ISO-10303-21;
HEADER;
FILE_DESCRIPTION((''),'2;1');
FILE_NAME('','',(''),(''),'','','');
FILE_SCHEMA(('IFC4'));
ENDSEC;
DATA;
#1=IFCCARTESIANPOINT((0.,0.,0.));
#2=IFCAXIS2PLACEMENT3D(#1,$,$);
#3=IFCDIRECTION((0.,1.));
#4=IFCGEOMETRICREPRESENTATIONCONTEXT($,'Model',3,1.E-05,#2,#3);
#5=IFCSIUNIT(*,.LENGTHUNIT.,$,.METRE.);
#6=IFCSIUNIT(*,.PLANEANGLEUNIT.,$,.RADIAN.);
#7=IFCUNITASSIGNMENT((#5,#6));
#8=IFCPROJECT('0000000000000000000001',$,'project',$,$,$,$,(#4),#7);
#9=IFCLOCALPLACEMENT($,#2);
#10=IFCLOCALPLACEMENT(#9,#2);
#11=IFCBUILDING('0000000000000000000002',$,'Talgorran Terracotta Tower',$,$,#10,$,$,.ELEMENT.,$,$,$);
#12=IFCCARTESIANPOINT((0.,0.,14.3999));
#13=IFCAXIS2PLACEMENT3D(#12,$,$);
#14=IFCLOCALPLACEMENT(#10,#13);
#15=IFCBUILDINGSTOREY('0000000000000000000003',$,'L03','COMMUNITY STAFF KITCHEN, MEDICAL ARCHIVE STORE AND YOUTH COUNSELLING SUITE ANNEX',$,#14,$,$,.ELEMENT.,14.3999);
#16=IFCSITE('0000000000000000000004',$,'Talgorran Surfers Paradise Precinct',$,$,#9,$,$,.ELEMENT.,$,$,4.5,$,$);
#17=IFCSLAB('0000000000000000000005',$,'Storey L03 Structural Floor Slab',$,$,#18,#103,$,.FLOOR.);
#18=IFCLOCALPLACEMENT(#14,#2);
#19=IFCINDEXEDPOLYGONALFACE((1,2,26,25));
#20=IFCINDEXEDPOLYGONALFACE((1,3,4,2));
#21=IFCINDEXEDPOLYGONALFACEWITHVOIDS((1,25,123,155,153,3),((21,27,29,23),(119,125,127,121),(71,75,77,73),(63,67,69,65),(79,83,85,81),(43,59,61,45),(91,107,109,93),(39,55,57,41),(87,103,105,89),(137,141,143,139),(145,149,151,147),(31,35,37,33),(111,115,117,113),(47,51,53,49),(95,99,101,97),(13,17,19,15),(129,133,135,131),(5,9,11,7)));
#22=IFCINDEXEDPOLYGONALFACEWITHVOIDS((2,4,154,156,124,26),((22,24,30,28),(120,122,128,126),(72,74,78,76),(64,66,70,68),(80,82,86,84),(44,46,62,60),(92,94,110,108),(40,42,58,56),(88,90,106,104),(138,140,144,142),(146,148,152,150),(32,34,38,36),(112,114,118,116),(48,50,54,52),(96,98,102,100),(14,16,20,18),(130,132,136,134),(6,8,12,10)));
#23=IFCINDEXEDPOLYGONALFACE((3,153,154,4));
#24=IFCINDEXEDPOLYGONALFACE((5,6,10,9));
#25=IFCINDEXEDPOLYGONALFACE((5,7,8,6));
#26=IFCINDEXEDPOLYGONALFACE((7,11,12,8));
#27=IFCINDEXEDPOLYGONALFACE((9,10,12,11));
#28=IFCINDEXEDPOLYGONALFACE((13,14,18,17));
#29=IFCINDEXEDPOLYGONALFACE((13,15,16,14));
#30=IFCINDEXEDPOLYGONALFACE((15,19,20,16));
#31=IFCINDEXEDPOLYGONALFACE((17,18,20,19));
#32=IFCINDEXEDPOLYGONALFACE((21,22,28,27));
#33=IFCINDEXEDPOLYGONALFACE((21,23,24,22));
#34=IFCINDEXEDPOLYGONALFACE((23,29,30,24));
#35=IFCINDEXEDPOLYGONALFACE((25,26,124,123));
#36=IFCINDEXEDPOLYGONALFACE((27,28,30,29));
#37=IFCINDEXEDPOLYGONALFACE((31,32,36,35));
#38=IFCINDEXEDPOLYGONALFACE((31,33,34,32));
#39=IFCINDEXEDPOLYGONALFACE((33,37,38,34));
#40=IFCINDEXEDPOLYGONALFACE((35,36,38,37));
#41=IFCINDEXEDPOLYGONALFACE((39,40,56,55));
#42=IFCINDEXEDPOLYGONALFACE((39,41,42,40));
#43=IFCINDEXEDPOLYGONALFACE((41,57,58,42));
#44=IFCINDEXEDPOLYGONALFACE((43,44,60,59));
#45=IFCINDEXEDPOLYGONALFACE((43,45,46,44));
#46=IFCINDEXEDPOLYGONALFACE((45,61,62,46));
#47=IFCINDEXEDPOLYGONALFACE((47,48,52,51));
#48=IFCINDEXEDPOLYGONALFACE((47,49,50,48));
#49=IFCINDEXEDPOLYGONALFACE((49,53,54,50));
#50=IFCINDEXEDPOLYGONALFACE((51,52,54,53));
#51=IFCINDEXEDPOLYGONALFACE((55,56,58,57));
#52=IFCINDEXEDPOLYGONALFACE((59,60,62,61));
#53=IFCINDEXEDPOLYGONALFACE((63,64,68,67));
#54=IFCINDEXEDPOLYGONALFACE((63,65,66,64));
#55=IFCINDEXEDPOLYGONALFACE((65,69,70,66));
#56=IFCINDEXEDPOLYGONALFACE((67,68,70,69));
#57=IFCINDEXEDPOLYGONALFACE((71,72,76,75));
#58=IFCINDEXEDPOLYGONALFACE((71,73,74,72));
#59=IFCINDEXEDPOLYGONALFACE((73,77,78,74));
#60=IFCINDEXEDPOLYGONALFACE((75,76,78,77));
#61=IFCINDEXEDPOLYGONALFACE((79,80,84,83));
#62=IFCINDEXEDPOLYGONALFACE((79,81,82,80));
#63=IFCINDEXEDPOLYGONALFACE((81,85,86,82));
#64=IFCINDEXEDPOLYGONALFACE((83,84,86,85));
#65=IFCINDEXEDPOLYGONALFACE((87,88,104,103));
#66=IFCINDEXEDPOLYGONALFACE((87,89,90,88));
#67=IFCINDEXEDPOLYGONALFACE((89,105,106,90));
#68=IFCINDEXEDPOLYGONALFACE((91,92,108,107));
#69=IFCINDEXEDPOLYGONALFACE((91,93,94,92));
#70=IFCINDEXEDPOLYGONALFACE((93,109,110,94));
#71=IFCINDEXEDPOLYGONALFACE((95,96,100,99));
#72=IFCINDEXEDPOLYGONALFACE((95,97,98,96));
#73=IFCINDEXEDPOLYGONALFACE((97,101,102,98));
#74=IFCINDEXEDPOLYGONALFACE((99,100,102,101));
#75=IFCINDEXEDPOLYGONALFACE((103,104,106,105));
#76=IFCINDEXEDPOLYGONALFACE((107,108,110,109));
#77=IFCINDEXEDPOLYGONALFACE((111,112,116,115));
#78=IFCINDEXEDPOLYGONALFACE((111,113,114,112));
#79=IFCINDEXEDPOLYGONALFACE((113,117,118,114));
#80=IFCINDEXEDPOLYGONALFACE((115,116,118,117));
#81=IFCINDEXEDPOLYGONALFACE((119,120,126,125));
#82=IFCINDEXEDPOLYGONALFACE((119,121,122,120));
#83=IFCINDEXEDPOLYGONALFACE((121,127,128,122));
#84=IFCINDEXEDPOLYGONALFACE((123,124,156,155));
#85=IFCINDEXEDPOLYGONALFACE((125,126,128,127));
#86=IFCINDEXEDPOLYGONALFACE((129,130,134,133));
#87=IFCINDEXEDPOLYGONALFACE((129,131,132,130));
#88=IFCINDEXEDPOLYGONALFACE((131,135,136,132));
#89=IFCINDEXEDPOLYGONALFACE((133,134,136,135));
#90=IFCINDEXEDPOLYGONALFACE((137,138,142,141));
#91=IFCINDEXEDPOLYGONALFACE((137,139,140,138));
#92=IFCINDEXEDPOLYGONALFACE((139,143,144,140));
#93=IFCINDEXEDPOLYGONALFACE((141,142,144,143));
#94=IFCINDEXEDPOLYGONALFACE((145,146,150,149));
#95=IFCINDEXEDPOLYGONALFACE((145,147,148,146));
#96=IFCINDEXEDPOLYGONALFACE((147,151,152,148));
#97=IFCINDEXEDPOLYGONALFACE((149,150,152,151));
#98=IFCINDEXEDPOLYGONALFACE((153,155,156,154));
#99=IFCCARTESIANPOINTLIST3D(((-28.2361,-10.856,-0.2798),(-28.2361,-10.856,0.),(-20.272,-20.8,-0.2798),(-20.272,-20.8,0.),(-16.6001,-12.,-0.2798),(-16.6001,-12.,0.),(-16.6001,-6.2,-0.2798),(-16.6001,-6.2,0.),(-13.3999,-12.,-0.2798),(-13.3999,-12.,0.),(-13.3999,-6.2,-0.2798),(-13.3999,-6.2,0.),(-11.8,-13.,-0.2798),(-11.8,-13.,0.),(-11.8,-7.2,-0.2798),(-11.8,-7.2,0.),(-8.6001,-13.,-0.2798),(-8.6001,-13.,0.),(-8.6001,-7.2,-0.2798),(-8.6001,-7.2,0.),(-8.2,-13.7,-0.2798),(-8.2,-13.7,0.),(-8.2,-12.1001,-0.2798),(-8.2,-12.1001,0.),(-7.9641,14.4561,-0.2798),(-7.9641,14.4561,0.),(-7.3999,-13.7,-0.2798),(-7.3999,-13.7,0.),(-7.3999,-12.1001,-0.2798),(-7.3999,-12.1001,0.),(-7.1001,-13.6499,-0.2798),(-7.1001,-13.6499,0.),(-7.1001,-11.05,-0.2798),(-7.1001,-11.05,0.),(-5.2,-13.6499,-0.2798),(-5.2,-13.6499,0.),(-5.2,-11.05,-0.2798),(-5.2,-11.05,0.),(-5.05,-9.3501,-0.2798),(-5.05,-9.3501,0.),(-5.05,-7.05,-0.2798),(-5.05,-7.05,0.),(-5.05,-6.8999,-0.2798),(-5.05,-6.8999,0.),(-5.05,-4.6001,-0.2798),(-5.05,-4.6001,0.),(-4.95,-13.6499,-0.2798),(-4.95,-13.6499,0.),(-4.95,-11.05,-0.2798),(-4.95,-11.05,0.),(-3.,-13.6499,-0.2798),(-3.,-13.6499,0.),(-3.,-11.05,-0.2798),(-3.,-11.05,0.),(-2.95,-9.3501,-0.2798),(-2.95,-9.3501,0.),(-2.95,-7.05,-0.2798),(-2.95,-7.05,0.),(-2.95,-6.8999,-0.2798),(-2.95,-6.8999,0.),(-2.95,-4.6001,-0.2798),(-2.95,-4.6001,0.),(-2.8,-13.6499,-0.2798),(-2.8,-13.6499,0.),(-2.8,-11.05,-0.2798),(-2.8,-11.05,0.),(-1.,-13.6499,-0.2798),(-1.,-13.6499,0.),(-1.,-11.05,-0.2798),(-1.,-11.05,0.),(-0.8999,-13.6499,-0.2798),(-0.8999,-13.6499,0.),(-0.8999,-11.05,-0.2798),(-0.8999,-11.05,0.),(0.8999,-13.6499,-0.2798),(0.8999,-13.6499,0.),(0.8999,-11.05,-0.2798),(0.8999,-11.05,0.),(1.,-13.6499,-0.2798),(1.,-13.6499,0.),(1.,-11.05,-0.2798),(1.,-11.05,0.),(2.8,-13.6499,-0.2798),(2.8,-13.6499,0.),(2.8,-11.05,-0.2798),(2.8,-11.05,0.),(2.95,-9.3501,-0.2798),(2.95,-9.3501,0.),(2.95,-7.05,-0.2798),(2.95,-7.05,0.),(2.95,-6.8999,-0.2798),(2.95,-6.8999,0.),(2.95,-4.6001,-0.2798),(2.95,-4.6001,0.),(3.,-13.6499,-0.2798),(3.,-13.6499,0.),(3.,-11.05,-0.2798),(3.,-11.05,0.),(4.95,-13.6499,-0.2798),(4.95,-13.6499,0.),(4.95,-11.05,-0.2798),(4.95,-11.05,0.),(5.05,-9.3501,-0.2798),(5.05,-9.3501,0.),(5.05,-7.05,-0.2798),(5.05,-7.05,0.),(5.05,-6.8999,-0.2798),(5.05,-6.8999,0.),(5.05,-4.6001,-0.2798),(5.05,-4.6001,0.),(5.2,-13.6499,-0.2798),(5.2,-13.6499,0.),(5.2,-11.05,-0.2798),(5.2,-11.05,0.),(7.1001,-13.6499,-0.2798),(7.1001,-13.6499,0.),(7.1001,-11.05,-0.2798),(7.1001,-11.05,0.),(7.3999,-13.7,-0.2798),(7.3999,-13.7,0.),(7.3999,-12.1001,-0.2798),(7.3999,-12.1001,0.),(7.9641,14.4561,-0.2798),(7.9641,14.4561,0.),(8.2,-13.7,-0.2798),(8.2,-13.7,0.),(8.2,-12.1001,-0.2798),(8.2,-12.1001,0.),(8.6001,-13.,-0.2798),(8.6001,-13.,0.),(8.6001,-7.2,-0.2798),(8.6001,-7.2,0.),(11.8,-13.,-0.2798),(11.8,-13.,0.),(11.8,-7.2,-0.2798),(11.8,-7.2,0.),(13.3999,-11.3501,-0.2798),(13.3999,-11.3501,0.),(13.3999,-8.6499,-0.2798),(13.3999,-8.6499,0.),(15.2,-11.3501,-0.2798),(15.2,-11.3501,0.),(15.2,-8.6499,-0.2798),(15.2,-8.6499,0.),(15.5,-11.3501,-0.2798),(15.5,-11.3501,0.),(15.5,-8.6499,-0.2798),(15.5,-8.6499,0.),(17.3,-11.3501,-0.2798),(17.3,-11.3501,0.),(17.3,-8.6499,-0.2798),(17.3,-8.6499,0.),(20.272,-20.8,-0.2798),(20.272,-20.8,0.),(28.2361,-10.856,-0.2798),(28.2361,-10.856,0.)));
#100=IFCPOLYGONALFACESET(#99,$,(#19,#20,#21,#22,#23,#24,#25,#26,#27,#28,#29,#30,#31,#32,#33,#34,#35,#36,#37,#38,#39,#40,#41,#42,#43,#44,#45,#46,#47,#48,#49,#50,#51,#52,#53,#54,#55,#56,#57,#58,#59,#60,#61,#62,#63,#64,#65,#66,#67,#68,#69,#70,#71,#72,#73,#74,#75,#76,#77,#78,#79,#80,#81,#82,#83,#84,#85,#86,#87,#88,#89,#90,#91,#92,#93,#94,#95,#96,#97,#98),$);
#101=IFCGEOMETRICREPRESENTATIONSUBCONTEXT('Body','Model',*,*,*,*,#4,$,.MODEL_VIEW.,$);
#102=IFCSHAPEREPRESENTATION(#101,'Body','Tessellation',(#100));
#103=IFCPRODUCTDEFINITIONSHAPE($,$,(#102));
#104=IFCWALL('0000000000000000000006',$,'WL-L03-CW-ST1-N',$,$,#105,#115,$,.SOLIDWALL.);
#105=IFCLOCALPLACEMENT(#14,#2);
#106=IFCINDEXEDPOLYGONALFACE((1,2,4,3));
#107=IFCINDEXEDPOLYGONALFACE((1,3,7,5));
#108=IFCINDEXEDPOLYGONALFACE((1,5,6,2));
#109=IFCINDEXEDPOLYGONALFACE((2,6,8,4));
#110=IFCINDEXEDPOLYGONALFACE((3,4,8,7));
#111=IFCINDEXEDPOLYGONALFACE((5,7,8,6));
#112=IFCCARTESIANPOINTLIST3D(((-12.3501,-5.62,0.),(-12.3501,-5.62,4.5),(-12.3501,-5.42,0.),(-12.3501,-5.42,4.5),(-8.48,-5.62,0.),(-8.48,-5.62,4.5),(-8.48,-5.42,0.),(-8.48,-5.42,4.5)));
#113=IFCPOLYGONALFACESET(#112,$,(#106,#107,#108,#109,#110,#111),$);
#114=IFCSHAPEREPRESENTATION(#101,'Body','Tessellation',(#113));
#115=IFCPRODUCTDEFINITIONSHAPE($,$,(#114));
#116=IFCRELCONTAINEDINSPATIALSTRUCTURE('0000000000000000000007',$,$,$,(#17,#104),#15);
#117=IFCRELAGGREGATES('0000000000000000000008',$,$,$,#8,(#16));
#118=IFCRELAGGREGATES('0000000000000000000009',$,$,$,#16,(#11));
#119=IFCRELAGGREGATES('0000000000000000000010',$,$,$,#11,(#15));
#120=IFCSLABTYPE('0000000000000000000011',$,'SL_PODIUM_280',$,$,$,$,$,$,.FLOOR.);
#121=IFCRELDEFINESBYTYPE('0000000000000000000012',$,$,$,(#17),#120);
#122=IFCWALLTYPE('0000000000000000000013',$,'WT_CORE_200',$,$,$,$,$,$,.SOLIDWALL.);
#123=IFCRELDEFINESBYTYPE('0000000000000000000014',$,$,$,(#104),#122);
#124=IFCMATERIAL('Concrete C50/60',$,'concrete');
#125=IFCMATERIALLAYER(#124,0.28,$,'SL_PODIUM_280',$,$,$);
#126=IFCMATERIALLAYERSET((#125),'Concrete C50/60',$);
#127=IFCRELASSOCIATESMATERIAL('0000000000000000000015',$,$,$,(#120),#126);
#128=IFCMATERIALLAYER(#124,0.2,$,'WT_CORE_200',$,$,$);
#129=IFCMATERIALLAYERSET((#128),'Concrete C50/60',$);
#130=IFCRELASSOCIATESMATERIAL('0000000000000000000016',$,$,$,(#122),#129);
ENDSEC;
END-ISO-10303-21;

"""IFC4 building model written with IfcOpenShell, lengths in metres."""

from ifc_helpers import new_model, si_unit, direction, frame, frame_2d, origin, place, context, subcontext, project, spatial, polyline, rectangle, outline, extrude, material, layer, layer_set, type_object, element, save


model = new_model("IFC4")

# Units and contexts
model_context = context("Model", 3, precision=1e-05, world=origin(), true_north=direction((0.0, 1.0)))
body_context = subcontext(model_context, "Body", "Model", "MODEL_VIEW")
ifc_project = project(units=[si_unit("LENGTHUNIT", "METRE"), si_unit("PLANEANGLEUNIT", "RADIAN")], contexts=[model_context])

# Site, building, storey
site_placement = place(None, origin())
site = spatial("IfcSite", under=ifc_project, at=site_placement, Name="Talgorran Surfers Paradise Precinct", CompositionType="ELEMENT", RefElevation=4.5)
building_placement = place(site_placement, origin())
building = spatial("IfcBuilding", under=site, at=building_placement, Name="Talgorran Terracotta Tower", CompositionType="ELEMENT")
storey_placement = place(building_placement, frame((0.0, 0.0, 14.3999)))
storey = spatial("IfcBuildingStorey", under=building, at=storey_placement, Name="L03", Description="COMMUNITY STAFF KITCHEN, MEDICAL ARCHIVE STORE AND YOUTH COUNSELLING SUITE ANNEX", CompositionType="ELEMENT", Elevation=14.3999)

# Slab
ifc_material_1 = material(Name="Concrete C50/60", Category="concrete")
ifc_layer_1 = layer(ifc_material_1, 0.28, Name="SL_PODIUM_280")
ifc_layer_set_1 = layer_set([ifc_layer_1], Name="Concrete C50/60")
slab_type = type_object("IfcSlabType", Name="SL_PODIUM_280", PredefinedType="FLOOR", material=ifc_layer_set_1)
slab_placement = place(storey_placement, frame((0.0, 0.0, -0.2798)))
element("IfcSlab", 1, at=slab_placement, inside=storey, type_object=slab_type, Name="Storey L03 Structural Floor Slab", PredefinedType="FLOOR", context=body_context, shape_type="SweptSolid", body=[
    extrude(outline(polyline([(-28.2361, -10.856), (-20.272, -20.8), (20.272, -20.8), (28.2361, -10.856), (7.9641, 14.4561), (-7.9641, 14.4561), (-28.2361, -10.856)]), holes=[polyline([(-11.8, -7.2), (-11.8, -13.0), (-8.6001, -13.0), (-8.6001, -7.2), (-11.8, -7.2)]), polyline([(8.6001, -7.2), (8.6001, -13.0), (11.8, -13.0), (11.8, -7.2), (8.6001, -7.2)]), polyline([(-16.6001, -6.2), (-16.6001, -12.0), (-13.3999, -12.0), (-13.3999, -6.2), (-16.6001, -6.2)]), polyline([(-7.1001, -13.6499), (-5.2, -13.6499), (-5.2, -11.05), (-7.1001, -11.05), (-7.1001, -13.6499)]), polyline([(5.2, -13.6499), (7.1001, -13.6499), (7.1001, -11.05), (5.2, -11.05), (5.2, -13.6499)]), polyline([(3.0, -13.6499), (4.95, -13.6499), (4.95, -11.05), (3.0, -11.05), (3.0, -13.6499)]), polyline([(-4.95, -13.6499), (-3.0, -13.6499), (-3.0, -11.05), (-4.95, -11.05), (-4.95, -13.6499)]), polyline([(-5.05, -9.3501), (-2.95, -9.3501), (-2.95, -7.05), (-5.05, -7.05), (-5.05, -9.3501)]), polyline([(-5.05, -6.8999), (-2.95, -6.8999), (-2.95, -4.6001), (-5.05, -4.6001), (-5.05, -6.8999)]), polyline([(2.95, -9.3501), (5.05, -9.3501), (5.05, -7.05), (2.95, -7.05), (2.95, -9.3501)]), polyline([(2.95, -6.8999), (5.05, -6.8999), (5.05, -4.6001), (2.95, -4.6001), (2.95, -6.8999)]), polyline([(-2.8, -13.6499), (-1.0, -13.6499), (-1.0, -11.05), (-2.8, -11.05), (-2.8, -13.6499)]), polyline([(-0.8999, -13.6499), (0.8999, -13.6499), (0.8999, -11.05), (-0.8999, -11.05), (-0.8999, -13.6499)]), polyline([(1.0, -13.6499), (2.8, -13.6499), (2.8, -11.05), (1.0, -11.05), (1.0, -13.6499)]), polyline([(13.3999, -11.3501), (15.2, -11.3501), (15.2, -8.6499), (13.3999, -8.6499), (13.3999, -11.3501)]), polyline([(15.5, -11.3501), (17.3, -11.3501), (17.3, -8.6499), (15.5, -8.6499), (15.5, -11.3501)]), polyline([(-8.2, -13.7), (-7.3999, -13.7), (-7.3999, -12.1001), (-8.2, -12.1001), (-8.2, -13.7)]), polyline([(7.3999, -13.7), (8.2, -13.7), (8.2, -12.1001), (7.3999, -12.1001), (7.3999, -13.7)])]), origin(), (0.0, 0.0, 1.0), 0.2798),
])

# Wall
ifc_layer_2 = layer(ifc_material_1, 0.2, Name="WT_CORE_200")
ifc_layer_set_2 = layer_set([ifc_layer_2], Name="Concrete C50/60")
wall_type_1 = type_object("IfcWallType", Name="WT_CORE_200", PredefinedType="SOLIDWALL", material=ifc_layer_set_2)
wall_1_placement = place(storey_placement, frame((-12.3501, -5.52, 0.0), z_axis=(0.0, 0.0, 1.0), x_axis=(1.0, 0.0, 0.0)))
element("IfcWall", 2, at=wall_1_placement, inside=storey, type_object=wall_type_1, Name="WL-L03-CW-ST1-N", PredefinedType="SOLIDWALL", context=body_context, shape_type="SweptSolid", body=[
    extrude(rectangle(XDim=3.8701, YDim=0.2, at=frame_2d((1.9351, 0.0))), origin(), (0.0, 0.0, 1.0), 4.5),
])

save(model, "model.ifc")
